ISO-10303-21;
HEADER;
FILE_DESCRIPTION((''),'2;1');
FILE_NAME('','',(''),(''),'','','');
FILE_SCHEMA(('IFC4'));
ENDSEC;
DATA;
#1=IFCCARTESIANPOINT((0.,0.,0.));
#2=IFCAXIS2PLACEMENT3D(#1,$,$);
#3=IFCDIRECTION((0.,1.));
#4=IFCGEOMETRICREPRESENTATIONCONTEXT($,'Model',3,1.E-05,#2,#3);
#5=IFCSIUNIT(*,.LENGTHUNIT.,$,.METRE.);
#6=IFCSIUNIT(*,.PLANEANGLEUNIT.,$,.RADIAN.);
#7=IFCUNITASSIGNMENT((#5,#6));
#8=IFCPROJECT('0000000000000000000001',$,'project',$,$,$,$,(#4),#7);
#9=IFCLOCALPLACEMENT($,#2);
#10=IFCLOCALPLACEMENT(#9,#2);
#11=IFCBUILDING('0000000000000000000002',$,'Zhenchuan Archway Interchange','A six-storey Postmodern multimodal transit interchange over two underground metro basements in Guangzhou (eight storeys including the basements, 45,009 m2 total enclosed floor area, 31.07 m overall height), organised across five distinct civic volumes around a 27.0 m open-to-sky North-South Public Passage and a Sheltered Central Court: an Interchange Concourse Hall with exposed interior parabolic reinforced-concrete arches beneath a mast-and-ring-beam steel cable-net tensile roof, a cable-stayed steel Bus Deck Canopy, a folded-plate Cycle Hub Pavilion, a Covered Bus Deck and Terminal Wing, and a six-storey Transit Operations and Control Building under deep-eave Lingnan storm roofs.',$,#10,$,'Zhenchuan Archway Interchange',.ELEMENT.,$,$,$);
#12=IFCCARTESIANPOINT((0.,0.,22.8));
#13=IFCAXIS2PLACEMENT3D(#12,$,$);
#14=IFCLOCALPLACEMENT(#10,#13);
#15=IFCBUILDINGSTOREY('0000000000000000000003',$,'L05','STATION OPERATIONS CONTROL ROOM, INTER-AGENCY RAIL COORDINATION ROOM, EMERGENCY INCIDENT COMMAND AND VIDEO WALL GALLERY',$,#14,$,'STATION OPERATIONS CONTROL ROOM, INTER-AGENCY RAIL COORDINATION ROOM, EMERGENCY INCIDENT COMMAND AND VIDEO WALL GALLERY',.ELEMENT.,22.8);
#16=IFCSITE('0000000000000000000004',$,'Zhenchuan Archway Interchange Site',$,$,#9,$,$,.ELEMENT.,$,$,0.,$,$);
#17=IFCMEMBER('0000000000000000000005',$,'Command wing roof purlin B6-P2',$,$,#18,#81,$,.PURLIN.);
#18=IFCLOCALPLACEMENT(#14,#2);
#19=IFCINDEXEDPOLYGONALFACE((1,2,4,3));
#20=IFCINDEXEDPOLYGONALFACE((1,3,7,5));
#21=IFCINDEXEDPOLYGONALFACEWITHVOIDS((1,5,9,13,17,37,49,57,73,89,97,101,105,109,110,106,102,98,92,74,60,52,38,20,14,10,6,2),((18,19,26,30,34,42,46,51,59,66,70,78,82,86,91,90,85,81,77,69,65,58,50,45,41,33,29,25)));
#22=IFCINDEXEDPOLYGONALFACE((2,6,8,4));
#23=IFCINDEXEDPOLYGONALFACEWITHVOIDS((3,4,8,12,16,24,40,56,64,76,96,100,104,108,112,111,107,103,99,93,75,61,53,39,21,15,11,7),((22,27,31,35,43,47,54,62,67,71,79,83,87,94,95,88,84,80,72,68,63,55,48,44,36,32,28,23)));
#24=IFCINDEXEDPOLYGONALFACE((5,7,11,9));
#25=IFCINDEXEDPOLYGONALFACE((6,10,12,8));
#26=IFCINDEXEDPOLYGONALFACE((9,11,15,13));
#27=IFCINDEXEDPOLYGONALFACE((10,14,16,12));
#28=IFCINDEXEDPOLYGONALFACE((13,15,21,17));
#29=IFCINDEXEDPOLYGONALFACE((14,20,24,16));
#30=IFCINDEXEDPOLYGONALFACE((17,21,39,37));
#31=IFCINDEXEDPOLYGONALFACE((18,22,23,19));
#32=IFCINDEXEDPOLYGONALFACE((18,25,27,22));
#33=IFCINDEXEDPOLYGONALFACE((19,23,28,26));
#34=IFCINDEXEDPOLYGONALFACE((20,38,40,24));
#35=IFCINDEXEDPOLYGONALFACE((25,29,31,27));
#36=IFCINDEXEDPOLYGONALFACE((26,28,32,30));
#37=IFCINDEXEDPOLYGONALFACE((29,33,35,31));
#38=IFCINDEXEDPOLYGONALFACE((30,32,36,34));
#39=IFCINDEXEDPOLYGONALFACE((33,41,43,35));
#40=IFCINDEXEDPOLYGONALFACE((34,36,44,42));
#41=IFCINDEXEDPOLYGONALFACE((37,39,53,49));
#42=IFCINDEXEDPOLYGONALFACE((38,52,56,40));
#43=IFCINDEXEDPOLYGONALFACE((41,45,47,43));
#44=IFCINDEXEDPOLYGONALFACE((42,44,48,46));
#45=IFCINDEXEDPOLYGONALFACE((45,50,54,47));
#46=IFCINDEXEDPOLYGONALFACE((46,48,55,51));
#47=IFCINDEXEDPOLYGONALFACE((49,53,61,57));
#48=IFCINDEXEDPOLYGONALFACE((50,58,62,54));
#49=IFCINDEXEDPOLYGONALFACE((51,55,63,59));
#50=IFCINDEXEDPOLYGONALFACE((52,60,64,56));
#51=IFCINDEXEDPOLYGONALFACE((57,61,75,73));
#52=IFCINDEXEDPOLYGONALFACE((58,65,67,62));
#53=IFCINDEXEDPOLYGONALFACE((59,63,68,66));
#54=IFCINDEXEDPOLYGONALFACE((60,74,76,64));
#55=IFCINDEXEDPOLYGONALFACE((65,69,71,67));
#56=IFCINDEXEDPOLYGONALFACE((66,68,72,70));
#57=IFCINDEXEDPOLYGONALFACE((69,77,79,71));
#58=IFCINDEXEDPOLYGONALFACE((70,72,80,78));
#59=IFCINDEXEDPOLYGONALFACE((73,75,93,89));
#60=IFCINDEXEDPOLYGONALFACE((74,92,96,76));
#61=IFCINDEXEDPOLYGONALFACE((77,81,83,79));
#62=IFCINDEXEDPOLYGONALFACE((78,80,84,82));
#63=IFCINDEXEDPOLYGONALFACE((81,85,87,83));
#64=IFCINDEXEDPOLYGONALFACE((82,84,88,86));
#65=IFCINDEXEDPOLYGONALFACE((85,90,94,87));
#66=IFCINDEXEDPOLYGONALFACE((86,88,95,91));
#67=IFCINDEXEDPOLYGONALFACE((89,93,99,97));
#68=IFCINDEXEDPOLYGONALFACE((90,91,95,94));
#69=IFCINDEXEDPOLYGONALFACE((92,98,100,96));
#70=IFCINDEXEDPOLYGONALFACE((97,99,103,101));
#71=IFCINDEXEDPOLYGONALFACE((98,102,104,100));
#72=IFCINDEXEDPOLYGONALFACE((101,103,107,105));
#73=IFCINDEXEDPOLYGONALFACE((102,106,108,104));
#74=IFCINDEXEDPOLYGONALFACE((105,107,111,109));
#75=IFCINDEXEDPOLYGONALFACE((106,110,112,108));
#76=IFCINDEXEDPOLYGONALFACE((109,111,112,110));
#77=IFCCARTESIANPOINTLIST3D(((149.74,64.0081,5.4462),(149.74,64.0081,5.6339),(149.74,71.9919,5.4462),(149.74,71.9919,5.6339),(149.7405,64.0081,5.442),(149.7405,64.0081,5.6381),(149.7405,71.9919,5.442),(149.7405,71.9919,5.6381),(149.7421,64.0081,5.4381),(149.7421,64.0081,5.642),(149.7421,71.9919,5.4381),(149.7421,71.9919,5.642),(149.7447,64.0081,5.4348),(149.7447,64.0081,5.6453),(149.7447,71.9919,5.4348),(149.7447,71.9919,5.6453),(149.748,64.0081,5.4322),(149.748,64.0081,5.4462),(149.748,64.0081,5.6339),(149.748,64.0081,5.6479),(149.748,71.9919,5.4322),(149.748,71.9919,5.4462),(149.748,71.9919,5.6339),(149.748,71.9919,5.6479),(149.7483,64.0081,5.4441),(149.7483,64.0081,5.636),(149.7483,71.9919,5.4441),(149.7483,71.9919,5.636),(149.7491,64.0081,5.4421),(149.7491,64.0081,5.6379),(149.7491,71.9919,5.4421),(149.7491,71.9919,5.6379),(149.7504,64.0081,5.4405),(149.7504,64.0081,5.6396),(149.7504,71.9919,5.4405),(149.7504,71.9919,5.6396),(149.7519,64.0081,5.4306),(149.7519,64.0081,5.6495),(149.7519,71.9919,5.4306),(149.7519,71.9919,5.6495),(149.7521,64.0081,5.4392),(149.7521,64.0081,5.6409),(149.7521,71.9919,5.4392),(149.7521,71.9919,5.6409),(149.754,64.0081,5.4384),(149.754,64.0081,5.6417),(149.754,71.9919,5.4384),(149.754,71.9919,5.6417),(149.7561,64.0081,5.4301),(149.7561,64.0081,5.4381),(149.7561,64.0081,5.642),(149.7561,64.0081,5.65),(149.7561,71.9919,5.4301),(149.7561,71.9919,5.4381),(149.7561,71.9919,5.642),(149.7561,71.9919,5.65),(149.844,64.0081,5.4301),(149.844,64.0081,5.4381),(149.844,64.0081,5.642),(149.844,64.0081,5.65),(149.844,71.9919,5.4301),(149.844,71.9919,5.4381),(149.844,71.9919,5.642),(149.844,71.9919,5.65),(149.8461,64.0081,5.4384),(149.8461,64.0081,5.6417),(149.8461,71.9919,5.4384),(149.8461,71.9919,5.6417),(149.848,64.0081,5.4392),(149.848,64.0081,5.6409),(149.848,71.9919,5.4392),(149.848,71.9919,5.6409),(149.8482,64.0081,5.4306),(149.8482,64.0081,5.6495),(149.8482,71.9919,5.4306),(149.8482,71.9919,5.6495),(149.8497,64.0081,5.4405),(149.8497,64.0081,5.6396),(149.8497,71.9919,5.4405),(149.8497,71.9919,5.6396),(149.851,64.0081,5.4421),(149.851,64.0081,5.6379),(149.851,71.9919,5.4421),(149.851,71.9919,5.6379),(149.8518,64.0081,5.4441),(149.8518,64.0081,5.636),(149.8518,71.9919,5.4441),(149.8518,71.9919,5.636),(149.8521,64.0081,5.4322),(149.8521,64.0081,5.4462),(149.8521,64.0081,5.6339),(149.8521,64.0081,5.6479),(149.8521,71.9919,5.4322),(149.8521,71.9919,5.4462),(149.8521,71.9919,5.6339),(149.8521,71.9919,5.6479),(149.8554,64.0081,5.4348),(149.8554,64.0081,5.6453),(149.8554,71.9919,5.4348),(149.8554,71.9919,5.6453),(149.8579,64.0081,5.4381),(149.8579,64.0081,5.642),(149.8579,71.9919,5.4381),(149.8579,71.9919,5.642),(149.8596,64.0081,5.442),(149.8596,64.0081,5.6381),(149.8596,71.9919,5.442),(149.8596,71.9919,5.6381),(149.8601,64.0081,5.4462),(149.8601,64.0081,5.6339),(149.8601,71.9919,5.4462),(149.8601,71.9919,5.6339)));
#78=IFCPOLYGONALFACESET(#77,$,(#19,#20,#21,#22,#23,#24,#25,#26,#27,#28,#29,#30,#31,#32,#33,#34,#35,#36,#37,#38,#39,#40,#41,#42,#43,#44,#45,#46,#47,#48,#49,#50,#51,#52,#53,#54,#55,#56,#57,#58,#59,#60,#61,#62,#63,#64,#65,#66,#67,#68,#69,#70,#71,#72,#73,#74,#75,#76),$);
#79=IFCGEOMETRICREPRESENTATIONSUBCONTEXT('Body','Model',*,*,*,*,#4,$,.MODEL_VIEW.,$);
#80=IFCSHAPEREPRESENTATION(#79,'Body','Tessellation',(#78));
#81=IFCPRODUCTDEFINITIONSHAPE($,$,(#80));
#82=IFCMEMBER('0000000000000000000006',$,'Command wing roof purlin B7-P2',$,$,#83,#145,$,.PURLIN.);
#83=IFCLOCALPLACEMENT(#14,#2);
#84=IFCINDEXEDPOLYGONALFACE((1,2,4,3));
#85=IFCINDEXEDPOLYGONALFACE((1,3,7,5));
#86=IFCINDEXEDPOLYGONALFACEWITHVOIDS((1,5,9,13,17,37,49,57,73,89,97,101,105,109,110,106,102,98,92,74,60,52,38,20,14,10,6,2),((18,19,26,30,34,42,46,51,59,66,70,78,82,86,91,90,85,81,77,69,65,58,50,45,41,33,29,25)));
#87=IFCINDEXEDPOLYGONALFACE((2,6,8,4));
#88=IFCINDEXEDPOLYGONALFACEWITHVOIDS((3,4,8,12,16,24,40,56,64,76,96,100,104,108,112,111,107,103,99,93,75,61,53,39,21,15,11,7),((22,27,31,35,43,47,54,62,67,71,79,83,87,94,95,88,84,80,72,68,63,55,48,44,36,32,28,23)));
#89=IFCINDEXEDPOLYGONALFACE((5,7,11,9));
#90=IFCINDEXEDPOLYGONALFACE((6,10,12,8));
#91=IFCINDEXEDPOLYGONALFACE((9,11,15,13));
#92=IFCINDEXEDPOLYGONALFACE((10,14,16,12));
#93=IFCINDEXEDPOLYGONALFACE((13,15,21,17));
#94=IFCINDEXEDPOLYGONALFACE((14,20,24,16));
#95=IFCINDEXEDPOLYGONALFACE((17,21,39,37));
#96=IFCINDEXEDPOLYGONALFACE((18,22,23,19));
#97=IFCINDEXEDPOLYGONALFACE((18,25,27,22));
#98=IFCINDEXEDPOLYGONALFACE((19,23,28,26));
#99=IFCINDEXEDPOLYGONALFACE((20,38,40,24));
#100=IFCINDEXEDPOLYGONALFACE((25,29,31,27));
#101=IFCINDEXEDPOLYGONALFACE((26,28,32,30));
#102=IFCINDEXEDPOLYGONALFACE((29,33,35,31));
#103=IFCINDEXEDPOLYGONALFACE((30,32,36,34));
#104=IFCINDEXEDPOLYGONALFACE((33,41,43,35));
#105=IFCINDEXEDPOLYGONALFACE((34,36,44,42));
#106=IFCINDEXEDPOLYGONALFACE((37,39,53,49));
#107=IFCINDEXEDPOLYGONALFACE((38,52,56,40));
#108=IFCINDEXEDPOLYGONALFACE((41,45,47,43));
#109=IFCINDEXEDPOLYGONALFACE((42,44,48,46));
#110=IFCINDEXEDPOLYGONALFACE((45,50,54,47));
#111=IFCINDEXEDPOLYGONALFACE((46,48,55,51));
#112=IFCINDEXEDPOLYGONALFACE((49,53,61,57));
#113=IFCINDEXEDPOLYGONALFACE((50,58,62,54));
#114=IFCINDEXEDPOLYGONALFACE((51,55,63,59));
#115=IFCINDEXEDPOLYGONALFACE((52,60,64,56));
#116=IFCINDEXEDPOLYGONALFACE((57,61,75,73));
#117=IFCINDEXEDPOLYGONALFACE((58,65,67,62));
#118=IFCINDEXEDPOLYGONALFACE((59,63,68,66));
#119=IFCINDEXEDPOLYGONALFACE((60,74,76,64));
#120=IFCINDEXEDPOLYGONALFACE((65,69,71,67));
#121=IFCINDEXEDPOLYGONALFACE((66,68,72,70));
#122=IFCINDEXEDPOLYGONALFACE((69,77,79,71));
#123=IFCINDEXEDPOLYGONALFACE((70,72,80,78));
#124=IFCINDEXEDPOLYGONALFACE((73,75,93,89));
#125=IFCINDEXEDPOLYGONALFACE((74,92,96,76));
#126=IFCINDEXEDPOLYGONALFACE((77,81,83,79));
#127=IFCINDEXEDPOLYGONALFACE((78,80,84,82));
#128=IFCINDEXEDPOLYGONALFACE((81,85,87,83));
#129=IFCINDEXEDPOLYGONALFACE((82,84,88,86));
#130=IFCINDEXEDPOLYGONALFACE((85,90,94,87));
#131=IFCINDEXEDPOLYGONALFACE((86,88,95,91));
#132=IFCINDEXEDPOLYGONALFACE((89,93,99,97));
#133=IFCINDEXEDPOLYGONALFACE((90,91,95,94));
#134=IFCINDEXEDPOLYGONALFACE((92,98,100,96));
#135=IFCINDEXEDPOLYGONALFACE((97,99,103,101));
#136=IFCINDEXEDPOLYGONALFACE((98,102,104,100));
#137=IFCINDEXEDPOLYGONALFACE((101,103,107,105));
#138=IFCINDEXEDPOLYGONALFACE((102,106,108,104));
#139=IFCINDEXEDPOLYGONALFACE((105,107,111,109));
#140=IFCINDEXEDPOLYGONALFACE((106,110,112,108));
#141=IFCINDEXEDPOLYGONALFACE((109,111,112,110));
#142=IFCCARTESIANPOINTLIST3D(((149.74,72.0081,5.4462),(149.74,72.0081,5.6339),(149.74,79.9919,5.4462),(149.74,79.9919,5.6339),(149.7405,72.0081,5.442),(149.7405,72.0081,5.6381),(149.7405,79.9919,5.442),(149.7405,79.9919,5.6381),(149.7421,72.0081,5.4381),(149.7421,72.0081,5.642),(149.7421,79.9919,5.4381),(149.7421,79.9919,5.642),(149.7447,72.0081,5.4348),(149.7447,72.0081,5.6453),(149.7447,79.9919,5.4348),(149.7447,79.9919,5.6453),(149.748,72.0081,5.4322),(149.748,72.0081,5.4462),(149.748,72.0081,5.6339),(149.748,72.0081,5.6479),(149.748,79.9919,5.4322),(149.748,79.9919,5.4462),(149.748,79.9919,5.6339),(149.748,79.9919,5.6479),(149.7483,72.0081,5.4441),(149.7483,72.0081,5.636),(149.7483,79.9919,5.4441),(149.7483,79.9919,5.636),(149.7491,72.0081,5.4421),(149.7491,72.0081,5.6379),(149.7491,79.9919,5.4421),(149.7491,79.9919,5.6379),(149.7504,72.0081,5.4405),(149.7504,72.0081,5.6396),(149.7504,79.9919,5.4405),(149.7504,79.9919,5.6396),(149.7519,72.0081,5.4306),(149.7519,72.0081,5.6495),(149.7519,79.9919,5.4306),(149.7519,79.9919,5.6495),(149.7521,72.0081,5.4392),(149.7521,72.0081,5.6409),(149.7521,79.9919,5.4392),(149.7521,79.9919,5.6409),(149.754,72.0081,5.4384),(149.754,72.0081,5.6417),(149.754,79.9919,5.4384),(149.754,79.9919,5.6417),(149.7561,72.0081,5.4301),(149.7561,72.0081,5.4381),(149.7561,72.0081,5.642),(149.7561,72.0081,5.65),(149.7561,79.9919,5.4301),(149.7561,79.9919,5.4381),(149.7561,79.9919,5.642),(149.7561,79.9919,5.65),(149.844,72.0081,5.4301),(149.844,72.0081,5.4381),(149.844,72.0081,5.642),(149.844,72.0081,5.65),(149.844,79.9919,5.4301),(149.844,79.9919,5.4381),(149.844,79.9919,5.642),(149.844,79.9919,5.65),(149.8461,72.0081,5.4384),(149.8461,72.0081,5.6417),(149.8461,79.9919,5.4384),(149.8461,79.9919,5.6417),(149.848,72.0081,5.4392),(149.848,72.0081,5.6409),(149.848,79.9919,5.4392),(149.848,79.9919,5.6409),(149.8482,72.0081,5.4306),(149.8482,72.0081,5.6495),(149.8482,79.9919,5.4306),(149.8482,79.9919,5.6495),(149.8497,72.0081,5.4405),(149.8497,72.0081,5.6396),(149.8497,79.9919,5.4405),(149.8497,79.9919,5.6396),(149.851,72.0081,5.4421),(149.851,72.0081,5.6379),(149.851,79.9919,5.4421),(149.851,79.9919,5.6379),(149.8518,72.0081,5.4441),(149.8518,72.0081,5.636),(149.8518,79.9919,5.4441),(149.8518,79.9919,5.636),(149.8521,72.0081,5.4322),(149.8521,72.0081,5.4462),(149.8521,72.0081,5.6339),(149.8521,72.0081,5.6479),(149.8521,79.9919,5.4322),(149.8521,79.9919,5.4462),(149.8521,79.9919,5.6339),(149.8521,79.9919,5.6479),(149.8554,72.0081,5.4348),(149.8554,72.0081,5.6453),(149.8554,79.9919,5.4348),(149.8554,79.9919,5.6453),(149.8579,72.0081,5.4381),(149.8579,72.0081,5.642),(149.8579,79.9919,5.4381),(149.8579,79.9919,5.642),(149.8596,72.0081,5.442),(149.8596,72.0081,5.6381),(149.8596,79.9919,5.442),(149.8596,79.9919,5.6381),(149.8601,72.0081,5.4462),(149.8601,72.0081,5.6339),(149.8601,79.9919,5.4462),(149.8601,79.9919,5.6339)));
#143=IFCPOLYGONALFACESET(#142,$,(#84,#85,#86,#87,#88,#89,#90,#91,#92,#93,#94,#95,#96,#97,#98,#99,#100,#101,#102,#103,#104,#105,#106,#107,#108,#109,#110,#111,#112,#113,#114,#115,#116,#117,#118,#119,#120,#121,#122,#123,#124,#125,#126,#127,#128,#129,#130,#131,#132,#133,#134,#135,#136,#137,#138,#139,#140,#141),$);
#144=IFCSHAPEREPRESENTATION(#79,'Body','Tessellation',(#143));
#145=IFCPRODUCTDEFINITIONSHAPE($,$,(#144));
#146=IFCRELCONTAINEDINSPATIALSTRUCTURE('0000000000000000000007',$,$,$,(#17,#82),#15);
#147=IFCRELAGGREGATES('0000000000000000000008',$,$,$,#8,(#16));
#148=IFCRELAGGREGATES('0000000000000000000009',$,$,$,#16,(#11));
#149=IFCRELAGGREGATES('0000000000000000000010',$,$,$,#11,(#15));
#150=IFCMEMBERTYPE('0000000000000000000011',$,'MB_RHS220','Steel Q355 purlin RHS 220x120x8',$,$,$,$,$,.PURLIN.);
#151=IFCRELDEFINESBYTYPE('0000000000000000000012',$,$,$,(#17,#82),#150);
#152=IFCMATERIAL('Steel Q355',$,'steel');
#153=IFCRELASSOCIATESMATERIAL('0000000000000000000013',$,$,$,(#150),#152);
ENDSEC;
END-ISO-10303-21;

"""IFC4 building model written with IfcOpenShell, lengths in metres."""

from ifc_helpers import new_model, si_unit, direction, frame, origin, origin_2d, place, context, subcontext, project, spatial, hollow_rectangle, extrude, material, material_profile, profile_set, type_object, element, save


model = new_model("IFC4")

# Units and contexts
model_context = context("Model", 3, precision=1e-05, world=origin(), true_north=direction((0.0, 1.0)))
body_context = subcontext(model_context, "Body", "Model", "MODEL_VIEW")
ifc_project = project(units=[si_unit("LENGTHUNIT", "METRE"), si_unit("PLANEANGLEUNIT", "RADIAN")], contexts=[model_context])

# Site, building, storey
site_placement = place(None, origin())
site = spatial("IfcSite", under=ifc_project, at=site_placement, Name="Zhenchuan Archway Interchange Site", CompositionType="ELEMENT", RefElevation=0.0)
building_placement = place(site_placement, origin())
building = spatial("IfcBuilding", under=site, at=building_placement, Name="Zhenchuan Archway Interchange", Description="A six-storey Postmodern multimodal transit interchange over two underground metro basements in Guangzhou (eight storeys including the basements, 45,009 m2 total enclosed floor area, 31.07 m overall height), organised across five distinct civic volumes around a 27.0 m open-to-sky North-South Public Passage and a Sheltered Central Court: an Interchange Concourse Hall with exposed interior parabolic reinforced-concrete arches beneath a mast-and-ring-beam steel cable-net tensile roof, a cable-stayed steel Bus Deck Canopy, a folded-plate Cycle Hub Pavilion, a Covered Bus Deck and Terminal Wing, and a six-storey Transit Operations and Control Building under deep-eave Lingnan storm roofs.", LongName="Zhenchuan Archway Interchange", CompositionType="ELEMENT")
storey_placement = place(building_placement, frame((0.0, 0.0, 22.8)))
storey = spatial("IfcBuildingStorey", under=building, at=storey_placement, Name="L05", Description="STATION OPERATIONS CONTROL ROOM, INTER-AGENCY RAIL COORDINATION ROOM, EMERGENCY INCIDENT COMMAND AND VIDEO WALL GALLERY", LongName="STATION OPERATIONS CONTROL ROOM, INTER-AGENCY RAIL COORDINATION ROOM, EMERGENCY INCIDENT COMMAND AND VIDEO WALL GALLERY", CompositionType="ELEMENT", Elevation=22.8)

# Shared definitions
ifc_material_1 = material(Name="Steel Q355", Category="steel")

# Members
ifc_material_profile_1 = material_profile(ifc_material_1, hollow_rectangle(XDim=0.1201, YDim=0.22, WallThickness=0.0081, InnerFilletRadius=0.0081, OuterFilletRadius=0.0161, at=origin_2d()), Name="RHS 220x120x8")
ifc_profile_set_1 = profile_set([ifc_material_profile_1], Name="Steel Q355")
member_type_1 = type_object("IfcMemberType", Name="MB_RHS220", Description="Steel Q355 purlin RHS 220x120x8", PredefinedType="PURLIN", material=ifc_profile_set_1)
for number, where, z_axis, x_axis, name in (
    (1, (149.8, 64.0081, 5.54), (0.0, 1.0, 0.0), (-1.0, 0.0, 0.0), "Command wing roof purlin B6-P2"),
    (2, (149.8, 72.0081, 5.54), (0.0, 1.0, 0.0), (-1.0, 0.0, 0.0), "Command wing roof purlin B7-P2"),
):
    element("IfcMember", number, at=place(storey_placement, frame(where, z_axis=z_axis, x_axis=x_axis)), inside=storey, type_object=member_type_1, Name=name, PredefinedType="PURLIN", context=body_context, shape_type="SweptSolid", body=[
        extrude(hollow_rectangle(XDim=0.1201, YDim=0.22, WallThickness=0.0081, InnerFilletRadius=0.0081, OuterFilletRadius=0.0161, at=origin_2d()), origin(), (0.0, 0.0, 1.0), 7.9839),
    ])

save(model, "model.ifc")
